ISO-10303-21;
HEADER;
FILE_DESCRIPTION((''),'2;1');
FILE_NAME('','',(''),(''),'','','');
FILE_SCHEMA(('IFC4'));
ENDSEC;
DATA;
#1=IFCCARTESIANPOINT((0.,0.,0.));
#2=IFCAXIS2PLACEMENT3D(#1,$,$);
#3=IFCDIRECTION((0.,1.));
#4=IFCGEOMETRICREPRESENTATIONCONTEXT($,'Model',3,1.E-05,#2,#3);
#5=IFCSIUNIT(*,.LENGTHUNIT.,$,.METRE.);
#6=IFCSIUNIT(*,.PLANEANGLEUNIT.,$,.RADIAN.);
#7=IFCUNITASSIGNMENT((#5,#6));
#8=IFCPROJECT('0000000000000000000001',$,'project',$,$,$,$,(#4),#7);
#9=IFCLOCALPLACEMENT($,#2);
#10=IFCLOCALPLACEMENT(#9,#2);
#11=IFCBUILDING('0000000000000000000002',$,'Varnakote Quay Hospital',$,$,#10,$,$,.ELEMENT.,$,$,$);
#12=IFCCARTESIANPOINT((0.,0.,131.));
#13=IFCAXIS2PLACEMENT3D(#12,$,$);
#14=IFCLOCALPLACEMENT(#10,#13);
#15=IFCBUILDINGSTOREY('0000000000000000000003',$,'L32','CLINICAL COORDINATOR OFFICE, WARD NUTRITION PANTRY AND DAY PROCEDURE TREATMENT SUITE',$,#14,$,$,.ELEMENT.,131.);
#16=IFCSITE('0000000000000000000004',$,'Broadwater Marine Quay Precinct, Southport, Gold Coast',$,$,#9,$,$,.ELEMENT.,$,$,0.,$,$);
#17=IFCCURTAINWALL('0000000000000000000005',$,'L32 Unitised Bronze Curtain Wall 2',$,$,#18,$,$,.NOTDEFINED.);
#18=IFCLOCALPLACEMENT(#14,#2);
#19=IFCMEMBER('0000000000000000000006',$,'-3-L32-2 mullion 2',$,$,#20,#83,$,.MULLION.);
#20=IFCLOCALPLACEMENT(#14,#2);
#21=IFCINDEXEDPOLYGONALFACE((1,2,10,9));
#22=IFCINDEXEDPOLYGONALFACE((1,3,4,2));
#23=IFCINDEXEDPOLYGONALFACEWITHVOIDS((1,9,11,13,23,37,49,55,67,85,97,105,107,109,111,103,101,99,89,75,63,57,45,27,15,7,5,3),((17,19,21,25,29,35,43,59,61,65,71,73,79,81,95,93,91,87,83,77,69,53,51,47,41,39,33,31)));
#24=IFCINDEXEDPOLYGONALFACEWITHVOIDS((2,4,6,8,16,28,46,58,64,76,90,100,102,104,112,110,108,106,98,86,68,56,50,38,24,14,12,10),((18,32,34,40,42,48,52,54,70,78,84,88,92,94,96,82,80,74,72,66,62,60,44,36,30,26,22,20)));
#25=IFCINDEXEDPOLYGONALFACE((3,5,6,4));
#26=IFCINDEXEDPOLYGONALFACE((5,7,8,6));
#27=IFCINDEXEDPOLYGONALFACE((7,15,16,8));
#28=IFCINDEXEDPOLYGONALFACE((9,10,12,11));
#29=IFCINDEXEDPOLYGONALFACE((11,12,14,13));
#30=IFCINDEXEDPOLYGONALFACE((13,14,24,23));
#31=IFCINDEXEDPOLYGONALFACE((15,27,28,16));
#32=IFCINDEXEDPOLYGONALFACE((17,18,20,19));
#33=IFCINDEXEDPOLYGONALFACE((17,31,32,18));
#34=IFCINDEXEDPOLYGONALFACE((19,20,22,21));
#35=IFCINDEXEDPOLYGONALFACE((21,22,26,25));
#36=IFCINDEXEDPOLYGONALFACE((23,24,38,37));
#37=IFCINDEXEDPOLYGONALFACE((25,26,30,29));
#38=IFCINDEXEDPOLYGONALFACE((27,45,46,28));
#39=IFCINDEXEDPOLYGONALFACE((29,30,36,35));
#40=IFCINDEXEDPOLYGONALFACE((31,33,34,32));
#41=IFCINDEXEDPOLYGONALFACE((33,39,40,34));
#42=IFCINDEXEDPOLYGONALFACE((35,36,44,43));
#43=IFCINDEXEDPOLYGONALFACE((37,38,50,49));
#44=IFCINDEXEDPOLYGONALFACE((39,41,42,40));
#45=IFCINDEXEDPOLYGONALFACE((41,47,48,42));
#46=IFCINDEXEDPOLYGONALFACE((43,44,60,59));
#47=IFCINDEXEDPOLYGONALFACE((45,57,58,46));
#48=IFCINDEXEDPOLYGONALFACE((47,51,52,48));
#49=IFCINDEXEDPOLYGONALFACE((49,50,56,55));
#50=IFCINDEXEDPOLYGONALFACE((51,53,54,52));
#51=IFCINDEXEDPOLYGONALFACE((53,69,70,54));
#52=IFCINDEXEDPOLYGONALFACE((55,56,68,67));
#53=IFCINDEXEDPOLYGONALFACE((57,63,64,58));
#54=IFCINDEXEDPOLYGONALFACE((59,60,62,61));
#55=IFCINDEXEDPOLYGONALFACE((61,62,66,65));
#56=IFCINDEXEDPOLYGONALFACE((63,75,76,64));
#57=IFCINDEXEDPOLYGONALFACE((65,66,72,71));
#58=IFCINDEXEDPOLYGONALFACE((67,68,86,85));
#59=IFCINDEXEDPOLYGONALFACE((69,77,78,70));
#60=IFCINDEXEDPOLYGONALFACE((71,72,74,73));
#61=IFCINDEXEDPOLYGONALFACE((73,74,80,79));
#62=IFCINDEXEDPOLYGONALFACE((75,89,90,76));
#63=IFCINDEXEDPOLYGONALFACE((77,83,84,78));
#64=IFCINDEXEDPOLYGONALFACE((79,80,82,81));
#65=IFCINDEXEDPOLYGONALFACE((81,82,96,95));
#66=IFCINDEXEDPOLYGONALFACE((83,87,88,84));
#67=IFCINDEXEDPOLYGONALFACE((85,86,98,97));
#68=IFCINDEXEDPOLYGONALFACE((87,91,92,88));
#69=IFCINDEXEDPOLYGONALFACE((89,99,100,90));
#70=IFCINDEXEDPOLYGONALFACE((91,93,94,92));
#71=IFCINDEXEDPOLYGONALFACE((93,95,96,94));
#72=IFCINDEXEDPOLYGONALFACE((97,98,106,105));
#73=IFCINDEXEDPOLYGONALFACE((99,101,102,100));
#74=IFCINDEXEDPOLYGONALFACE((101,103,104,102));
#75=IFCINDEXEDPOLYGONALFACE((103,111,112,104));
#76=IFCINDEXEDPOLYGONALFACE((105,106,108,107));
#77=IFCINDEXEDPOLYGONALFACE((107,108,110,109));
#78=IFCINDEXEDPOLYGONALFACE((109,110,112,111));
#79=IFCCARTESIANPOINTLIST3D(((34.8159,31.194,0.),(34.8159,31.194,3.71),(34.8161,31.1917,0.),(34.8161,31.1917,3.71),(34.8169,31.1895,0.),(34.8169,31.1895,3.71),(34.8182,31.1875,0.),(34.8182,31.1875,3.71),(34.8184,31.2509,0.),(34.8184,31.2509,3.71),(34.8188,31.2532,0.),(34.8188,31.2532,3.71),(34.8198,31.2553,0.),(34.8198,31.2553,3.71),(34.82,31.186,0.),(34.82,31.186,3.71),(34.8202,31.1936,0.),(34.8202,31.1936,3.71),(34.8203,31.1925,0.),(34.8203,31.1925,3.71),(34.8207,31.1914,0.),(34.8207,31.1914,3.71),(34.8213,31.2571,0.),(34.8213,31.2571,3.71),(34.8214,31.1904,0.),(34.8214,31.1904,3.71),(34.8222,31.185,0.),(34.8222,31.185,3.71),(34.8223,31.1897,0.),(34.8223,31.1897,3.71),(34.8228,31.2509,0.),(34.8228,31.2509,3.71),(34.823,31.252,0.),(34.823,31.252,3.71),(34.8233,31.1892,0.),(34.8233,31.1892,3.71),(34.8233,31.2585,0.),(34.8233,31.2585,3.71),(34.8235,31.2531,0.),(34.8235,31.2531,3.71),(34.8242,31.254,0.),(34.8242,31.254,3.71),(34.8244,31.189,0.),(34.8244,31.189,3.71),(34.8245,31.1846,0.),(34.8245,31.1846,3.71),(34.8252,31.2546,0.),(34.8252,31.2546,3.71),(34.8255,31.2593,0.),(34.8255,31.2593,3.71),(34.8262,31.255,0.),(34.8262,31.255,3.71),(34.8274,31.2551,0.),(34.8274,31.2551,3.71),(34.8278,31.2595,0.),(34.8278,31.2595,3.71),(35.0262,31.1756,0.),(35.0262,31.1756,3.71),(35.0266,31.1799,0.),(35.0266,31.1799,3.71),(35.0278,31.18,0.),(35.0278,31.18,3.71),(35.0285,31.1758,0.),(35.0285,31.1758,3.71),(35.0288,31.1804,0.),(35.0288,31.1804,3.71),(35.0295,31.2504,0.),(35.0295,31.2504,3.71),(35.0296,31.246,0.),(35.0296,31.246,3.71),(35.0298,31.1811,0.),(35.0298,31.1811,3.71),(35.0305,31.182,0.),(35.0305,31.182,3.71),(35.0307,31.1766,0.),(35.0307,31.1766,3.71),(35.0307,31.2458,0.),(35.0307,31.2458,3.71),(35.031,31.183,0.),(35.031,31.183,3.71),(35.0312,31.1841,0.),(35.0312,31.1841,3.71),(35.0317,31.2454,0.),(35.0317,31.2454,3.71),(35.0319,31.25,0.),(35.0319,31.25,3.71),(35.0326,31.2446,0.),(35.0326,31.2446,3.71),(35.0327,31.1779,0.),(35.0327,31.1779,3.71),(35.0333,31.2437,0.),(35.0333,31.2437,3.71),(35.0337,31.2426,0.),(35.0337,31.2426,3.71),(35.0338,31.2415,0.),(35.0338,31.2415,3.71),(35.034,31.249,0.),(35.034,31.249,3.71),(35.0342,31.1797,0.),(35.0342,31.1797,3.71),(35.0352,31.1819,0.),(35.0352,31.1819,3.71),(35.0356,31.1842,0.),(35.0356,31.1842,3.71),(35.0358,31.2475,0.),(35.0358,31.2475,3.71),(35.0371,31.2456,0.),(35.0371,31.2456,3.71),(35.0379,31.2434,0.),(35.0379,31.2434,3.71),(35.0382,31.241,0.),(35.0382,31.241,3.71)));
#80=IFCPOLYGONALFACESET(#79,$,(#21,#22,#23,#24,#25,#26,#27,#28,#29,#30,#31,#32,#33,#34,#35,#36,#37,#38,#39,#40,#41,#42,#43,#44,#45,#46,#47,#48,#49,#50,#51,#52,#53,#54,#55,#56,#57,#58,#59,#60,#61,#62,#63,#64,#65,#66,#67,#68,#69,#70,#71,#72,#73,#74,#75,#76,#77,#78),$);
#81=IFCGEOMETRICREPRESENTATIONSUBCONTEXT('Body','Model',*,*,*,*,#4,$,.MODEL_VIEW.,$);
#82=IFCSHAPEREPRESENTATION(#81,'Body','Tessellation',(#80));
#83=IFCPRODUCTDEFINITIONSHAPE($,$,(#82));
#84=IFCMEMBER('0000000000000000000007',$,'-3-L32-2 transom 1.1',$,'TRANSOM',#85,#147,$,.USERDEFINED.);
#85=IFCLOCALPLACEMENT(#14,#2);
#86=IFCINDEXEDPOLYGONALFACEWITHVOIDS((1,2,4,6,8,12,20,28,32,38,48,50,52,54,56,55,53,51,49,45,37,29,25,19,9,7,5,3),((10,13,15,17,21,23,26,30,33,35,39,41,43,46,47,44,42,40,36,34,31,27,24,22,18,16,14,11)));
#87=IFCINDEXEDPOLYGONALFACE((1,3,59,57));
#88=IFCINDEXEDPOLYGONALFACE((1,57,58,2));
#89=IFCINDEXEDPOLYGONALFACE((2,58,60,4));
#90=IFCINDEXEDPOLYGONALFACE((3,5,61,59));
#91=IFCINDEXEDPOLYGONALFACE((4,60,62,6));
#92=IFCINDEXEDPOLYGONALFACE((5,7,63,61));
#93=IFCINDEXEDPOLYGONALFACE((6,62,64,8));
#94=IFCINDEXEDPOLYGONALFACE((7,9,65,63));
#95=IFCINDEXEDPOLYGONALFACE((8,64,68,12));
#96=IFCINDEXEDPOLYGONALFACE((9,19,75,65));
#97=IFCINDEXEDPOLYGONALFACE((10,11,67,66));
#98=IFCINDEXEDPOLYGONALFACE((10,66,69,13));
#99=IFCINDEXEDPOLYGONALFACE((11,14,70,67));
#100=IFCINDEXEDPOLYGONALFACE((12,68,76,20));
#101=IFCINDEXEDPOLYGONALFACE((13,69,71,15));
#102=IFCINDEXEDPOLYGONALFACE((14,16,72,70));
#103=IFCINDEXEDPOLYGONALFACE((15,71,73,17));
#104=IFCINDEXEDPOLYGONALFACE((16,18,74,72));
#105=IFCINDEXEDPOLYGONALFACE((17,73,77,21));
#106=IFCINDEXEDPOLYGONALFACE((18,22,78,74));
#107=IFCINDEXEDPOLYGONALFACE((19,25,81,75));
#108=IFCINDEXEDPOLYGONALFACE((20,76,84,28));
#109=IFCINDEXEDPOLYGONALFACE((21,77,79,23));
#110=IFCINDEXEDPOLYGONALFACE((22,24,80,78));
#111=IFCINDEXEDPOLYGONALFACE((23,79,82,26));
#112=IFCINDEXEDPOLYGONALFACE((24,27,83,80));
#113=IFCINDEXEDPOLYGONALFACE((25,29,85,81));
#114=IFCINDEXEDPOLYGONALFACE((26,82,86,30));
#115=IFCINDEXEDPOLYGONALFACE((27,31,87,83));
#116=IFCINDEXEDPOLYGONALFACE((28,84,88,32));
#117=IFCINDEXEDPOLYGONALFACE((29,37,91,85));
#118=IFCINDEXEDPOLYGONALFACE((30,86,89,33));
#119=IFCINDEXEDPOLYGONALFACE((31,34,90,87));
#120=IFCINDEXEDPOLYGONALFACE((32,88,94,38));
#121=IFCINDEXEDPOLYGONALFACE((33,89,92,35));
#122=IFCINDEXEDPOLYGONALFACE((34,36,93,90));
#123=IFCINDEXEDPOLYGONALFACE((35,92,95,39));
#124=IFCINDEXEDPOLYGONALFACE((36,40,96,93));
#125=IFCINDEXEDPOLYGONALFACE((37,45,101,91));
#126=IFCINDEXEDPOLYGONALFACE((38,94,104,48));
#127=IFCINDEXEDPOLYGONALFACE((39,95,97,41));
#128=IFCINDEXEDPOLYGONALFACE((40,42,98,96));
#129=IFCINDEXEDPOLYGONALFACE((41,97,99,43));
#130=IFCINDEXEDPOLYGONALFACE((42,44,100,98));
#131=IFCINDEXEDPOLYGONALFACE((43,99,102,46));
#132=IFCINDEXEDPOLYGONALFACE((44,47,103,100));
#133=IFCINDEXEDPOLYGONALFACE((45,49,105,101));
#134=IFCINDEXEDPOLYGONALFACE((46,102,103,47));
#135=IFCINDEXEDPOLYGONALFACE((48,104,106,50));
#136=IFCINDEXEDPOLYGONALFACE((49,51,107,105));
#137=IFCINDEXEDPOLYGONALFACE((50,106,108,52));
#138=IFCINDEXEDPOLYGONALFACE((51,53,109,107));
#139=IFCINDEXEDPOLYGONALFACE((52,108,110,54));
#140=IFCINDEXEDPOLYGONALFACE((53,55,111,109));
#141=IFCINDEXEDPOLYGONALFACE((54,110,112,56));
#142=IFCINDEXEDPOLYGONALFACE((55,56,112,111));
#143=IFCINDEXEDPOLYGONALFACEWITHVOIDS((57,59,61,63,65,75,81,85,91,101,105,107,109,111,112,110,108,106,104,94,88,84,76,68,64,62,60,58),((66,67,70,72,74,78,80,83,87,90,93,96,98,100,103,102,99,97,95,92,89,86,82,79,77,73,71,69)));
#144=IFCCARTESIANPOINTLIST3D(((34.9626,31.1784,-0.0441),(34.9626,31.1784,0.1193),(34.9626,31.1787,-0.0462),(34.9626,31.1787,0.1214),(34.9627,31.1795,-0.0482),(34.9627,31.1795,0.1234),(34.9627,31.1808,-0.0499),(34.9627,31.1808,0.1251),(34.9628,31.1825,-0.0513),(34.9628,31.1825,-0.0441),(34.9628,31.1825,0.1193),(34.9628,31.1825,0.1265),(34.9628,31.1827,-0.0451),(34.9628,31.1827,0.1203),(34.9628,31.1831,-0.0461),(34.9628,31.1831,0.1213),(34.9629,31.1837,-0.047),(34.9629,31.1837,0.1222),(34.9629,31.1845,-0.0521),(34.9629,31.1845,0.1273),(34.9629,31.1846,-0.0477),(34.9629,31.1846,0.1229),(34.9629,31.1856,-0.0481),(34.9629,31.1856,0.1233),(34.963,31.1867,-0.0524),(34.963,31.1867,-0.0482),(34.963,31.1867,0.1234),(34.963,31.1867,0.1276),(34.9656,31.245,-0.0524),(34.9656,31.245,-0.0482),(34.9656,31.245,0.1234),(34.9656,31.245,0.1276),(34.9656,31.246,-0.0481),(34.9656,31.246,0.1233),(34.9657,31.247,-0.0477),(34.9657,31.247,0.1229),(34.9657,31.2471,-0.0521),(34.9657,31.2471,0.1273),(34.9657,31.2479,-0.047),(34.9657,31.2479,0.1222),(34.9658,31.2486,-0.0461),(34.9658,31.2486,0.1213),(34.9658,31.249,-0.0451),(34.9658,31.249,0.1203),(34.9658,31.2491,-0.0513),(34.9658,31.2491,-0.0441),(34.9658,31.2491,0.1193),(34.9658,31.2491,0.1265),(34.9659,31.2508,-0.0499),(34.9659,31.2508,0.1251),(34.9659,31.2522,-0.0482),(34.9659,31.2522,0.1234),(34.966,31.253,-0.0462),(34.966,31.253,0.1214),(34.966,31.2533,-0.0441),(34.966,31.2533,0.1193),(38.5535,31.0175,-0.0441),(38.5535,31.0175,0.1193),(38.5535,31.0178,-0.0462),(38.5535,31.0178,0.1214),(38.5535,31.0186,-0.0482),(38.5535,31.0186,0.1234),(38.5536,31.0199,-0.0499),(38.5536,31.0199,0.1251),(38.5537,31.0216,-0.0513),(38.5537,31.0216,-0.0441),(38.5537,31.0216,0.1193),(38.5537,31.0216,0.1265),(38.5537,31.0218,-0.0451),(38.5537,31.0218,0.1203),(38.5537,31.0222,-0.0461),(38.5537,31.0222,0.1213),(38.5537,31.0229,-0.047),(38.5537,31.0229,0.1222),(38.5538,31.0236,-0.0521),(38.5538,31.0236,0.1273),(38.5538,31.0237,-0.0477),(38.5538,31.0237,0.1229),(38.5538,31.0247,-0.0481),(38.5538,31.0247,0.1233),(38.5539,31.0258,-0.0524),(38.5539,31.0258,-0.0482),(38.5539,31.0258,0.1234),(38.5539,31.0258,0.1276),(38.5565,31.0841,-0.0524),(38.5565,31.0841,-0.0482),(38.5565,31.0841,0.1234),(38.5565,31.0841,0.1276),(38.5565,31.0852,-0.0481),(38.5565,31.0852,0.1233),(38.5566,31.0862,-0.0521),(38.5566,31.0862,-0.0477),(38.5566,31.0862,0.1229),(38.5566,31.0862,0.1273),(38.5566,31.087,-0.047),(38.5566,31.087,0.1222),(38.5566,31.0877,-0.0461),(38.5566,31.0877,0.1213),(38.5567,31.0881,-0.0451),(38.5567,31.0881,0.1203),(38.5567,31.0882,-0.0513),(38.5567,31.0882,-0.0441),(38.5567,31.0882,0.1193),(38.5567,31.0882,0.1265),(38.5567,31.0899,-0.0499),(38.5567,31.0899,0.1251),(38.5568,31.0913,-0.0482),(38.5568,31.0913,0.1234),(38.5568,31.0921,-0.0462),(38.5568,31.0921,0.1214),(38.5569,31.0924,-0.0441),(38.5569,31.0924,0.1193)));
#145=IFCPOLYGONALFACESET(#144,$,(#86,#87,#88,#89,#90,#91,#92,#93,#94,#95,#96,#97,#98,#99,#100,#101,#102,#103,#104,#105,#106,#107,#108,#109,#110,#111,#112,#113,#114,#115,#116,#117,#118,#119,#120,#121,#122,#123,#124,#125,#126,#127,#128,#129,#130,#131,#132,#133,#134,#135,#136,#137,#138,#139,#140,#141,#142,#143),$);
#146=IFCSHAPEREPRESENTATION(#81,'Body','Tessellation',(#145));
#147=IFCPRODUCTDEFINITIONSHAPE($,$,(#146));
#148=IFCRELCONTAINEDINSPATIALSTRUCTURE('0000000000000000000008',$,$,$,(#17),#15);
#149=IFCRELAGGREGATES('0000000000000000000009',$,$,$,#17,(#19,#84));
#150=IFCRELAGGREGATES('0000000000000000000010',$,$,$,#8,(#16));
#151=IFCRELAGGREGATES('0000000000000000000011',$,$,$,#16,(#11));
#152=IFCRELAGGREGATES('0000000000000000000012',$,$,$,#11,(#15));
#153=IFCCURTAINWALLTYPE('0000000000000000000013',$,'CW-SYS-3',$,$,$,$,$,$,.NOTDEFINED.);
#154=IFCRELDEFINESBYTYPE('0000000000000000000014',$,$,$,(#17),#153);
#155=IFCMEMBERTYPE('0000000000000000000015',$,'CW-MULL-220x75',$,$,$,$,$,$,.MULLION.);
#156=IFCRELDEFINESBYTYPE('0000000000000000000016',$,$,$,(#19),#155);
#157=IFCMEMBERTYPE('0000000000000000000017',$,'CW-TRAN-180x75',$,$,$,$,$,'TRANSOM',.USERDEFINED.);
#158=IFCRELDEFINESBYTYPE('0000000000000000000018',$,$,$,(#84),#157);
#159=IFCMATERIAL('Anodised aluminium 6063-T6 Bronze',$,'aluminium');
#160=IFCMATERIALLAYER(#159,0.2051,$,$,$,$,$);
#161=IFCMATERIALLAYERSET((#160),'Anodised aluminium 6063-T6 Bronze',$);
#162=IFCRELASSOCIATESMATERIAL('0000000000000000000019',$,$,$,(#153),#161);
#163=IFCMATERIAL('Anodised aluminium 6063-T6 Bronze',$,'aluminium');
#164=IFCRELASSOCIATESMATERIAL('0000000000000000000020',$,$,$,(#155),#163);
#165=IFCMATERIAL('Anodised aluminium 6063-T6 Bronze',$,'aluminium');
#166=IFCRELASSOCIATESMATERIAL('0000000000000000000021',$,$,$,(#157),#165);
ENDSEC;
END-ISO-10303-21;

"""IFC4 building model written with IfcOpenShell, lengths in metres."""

from ifc_helpers import new_model, si_unit, direction, frame, origin, origin_2d, place, context, subcontext, project, spatial, hollow_rectangle, extrude, material, layer, layer_set, material_profile, profile_set, type_object, element, aggregate, save


model = new_model("IFC4")

# Units and contexts
model_context = context("Model", 3, precision=1e-05, world=origin(), true_north=direction((0.0, 1.0)))
body_context = subcontext(model_context, "Body", "Model", "MODEL_VIEW")
ifc_project = project(units=[si_unit("LENGTHUNIT", "METRE"), si_unit("PLANEANGLEUNIT", "RADIAN")], contexts=[model_context])

# Site, building, storey
site_placement = place(None, origin())
site = spatial("IfcSite", under=ifc_project, at=site_placement, Name="Broadwater Marine Quay Precinct, Southport, Gold Coast", CompositionType="ELEMENT", RefElevation=0.0)
building_placement = place(site_placement, origin())
building = spatial("IfcBuilding", under=site, at=building_placement, Name="Varnakote Quay Hospital", CompositionType="ELEMENT")
storey_placement = place(building_placement, frame((0.0, 0.0, 131.0)))
storey = spatial("IfcBuildingStorey", under=building, at=storey_placement, Name="L32", Description="CLINICAL COORDINATOR OFFICE, WARD NUTRITION PANTRY AND DAY PROCEDURE TREATMENT SUITE", CompositionType="ELEMENT", Elevation=131.0)

# Shared definitions
ifc_material_1 = material(Name="Anodised aluminium 6063-T6 Bronze", Category="aluminium")
ifc_layer_1 = layer(ifc_material_1, 0.2051)
ifc_layer_set_1 = layer_set([ifc_layer_1], Name="Anodised aluminium 6063-T6 Bronze")
curtain_wall_type = type_object("IfcCurtainWallType", Name="CW-SYS-3", PredefinedType="NOTDEFINED", material=ifc_layer_set_1)
ifc_material_2 = material(Name="Anodised aluminium 6063-T6 Bronze", Category="aluminium")
ifc_material_profile_1 = material_profile(ifc_material_2, hollow_rectangle(XDim=0.075, YDim=0.22, WallThickness=0.0044, InnerFilletRadius=0.0044, OuterFilletRadius=0.009, at=origin_2d()), Name="CW-MULL-220x75")
ifc_profile_set_1 = profile_set([ifc_material_profile_1], Name="Anodised aluminium 6063-T6 Bronze")
member_type_1 = type_object("IfcMemberType", Name="CW-MULL-220x75", PredefinedType="MULLION", material=ifc_profile_set_1)

# Curtain wall, members
curtain_wall_1_placement = place(storey_placement, origin())
curtain_wall_1 = element("IfcCurtainWall", 1, at=curtain_wall_1_placement, inside=storey, type_object=curtain_wall_type, Name="L32 Unitised Bronze Curtain Wall 2", PredefinedType="NOTDEFINED")
member_1_placement = place(storey_placement, frame((34.927, 31.2175, 0.0), z_axis=(0.0, 0.0, 1.0), x_axis=(-0.044782, -0.998997, 0.0)))
member_1 = element("IfcMember", 2, at=member_1_placement, type_object=member_type_1, Name="-3-L32-2 mullion 2", PredefinedType="MULLION", context=body_context, shape_type="SweptSolid", body=[
    extrude(hollow_rectangle(XDim=0.075, YDim=0.22, WallThickness=0.0044, InnerFilletRadius=0.0044, OuterFilletRadius=0.009, at=origin_2d()), origin(), (0.0, 0.0, 1.0), 3.71),
])
ifc_material_3 = material(Name="Anodised aluminium 6063-T6 Bronze", Category="aluminium")
ifc_material_profile_2 = material_profile(ifc_material_3, hollow_rectangle(XDim=0.075, YDim=0.1799, WallThickness=0.0042, InnerFilletRadius=0.0042, OuterFilletRadius=0.0083, at=origin_2d()), Name="CW-TRAN-180x75")
ifc_profile_set_2 = profile_set([ifc_material_profile_2], Name="Anodised aluminium 6063-T6 Bronze")
member_type_2 = type_object("IfcMemberType", Name="CW-TRAN-180x75", ElementType="TRANSOM", PredefinedType="USERDEFINED", material=ifc_profile_set_2)
member_2_placement = place(storey_placement, frame((38.5552, 31.0549, 0.0376), z_axis=(-0.998998, 0.044761, 0.0), x_axis=(-0.044761, -0.998998, 0.0)))
member_2 = element("IfcMember", 3, at=member_2_placement, type_object=member_type_2, Name="-3-L32-2 transom 1.1", ObjectType="TRANSOM", PredefinedType="USERDEFINED", context=body_context, shape_type="SweptSolid", body=[
    extrude(hollow_rectangle(XDim=0.075, YDim=0.1799, WallThickness=0.0042, InnerFilletRadius=0.0042, OuterFilletRadius=0.0083, at=origin_2d()), origin(), (0.0, 0.0, 1.0), 3.5945),
])

aggregate(curtain_wall_1, [member_1, member_2])

save(model, "model.ifc")
